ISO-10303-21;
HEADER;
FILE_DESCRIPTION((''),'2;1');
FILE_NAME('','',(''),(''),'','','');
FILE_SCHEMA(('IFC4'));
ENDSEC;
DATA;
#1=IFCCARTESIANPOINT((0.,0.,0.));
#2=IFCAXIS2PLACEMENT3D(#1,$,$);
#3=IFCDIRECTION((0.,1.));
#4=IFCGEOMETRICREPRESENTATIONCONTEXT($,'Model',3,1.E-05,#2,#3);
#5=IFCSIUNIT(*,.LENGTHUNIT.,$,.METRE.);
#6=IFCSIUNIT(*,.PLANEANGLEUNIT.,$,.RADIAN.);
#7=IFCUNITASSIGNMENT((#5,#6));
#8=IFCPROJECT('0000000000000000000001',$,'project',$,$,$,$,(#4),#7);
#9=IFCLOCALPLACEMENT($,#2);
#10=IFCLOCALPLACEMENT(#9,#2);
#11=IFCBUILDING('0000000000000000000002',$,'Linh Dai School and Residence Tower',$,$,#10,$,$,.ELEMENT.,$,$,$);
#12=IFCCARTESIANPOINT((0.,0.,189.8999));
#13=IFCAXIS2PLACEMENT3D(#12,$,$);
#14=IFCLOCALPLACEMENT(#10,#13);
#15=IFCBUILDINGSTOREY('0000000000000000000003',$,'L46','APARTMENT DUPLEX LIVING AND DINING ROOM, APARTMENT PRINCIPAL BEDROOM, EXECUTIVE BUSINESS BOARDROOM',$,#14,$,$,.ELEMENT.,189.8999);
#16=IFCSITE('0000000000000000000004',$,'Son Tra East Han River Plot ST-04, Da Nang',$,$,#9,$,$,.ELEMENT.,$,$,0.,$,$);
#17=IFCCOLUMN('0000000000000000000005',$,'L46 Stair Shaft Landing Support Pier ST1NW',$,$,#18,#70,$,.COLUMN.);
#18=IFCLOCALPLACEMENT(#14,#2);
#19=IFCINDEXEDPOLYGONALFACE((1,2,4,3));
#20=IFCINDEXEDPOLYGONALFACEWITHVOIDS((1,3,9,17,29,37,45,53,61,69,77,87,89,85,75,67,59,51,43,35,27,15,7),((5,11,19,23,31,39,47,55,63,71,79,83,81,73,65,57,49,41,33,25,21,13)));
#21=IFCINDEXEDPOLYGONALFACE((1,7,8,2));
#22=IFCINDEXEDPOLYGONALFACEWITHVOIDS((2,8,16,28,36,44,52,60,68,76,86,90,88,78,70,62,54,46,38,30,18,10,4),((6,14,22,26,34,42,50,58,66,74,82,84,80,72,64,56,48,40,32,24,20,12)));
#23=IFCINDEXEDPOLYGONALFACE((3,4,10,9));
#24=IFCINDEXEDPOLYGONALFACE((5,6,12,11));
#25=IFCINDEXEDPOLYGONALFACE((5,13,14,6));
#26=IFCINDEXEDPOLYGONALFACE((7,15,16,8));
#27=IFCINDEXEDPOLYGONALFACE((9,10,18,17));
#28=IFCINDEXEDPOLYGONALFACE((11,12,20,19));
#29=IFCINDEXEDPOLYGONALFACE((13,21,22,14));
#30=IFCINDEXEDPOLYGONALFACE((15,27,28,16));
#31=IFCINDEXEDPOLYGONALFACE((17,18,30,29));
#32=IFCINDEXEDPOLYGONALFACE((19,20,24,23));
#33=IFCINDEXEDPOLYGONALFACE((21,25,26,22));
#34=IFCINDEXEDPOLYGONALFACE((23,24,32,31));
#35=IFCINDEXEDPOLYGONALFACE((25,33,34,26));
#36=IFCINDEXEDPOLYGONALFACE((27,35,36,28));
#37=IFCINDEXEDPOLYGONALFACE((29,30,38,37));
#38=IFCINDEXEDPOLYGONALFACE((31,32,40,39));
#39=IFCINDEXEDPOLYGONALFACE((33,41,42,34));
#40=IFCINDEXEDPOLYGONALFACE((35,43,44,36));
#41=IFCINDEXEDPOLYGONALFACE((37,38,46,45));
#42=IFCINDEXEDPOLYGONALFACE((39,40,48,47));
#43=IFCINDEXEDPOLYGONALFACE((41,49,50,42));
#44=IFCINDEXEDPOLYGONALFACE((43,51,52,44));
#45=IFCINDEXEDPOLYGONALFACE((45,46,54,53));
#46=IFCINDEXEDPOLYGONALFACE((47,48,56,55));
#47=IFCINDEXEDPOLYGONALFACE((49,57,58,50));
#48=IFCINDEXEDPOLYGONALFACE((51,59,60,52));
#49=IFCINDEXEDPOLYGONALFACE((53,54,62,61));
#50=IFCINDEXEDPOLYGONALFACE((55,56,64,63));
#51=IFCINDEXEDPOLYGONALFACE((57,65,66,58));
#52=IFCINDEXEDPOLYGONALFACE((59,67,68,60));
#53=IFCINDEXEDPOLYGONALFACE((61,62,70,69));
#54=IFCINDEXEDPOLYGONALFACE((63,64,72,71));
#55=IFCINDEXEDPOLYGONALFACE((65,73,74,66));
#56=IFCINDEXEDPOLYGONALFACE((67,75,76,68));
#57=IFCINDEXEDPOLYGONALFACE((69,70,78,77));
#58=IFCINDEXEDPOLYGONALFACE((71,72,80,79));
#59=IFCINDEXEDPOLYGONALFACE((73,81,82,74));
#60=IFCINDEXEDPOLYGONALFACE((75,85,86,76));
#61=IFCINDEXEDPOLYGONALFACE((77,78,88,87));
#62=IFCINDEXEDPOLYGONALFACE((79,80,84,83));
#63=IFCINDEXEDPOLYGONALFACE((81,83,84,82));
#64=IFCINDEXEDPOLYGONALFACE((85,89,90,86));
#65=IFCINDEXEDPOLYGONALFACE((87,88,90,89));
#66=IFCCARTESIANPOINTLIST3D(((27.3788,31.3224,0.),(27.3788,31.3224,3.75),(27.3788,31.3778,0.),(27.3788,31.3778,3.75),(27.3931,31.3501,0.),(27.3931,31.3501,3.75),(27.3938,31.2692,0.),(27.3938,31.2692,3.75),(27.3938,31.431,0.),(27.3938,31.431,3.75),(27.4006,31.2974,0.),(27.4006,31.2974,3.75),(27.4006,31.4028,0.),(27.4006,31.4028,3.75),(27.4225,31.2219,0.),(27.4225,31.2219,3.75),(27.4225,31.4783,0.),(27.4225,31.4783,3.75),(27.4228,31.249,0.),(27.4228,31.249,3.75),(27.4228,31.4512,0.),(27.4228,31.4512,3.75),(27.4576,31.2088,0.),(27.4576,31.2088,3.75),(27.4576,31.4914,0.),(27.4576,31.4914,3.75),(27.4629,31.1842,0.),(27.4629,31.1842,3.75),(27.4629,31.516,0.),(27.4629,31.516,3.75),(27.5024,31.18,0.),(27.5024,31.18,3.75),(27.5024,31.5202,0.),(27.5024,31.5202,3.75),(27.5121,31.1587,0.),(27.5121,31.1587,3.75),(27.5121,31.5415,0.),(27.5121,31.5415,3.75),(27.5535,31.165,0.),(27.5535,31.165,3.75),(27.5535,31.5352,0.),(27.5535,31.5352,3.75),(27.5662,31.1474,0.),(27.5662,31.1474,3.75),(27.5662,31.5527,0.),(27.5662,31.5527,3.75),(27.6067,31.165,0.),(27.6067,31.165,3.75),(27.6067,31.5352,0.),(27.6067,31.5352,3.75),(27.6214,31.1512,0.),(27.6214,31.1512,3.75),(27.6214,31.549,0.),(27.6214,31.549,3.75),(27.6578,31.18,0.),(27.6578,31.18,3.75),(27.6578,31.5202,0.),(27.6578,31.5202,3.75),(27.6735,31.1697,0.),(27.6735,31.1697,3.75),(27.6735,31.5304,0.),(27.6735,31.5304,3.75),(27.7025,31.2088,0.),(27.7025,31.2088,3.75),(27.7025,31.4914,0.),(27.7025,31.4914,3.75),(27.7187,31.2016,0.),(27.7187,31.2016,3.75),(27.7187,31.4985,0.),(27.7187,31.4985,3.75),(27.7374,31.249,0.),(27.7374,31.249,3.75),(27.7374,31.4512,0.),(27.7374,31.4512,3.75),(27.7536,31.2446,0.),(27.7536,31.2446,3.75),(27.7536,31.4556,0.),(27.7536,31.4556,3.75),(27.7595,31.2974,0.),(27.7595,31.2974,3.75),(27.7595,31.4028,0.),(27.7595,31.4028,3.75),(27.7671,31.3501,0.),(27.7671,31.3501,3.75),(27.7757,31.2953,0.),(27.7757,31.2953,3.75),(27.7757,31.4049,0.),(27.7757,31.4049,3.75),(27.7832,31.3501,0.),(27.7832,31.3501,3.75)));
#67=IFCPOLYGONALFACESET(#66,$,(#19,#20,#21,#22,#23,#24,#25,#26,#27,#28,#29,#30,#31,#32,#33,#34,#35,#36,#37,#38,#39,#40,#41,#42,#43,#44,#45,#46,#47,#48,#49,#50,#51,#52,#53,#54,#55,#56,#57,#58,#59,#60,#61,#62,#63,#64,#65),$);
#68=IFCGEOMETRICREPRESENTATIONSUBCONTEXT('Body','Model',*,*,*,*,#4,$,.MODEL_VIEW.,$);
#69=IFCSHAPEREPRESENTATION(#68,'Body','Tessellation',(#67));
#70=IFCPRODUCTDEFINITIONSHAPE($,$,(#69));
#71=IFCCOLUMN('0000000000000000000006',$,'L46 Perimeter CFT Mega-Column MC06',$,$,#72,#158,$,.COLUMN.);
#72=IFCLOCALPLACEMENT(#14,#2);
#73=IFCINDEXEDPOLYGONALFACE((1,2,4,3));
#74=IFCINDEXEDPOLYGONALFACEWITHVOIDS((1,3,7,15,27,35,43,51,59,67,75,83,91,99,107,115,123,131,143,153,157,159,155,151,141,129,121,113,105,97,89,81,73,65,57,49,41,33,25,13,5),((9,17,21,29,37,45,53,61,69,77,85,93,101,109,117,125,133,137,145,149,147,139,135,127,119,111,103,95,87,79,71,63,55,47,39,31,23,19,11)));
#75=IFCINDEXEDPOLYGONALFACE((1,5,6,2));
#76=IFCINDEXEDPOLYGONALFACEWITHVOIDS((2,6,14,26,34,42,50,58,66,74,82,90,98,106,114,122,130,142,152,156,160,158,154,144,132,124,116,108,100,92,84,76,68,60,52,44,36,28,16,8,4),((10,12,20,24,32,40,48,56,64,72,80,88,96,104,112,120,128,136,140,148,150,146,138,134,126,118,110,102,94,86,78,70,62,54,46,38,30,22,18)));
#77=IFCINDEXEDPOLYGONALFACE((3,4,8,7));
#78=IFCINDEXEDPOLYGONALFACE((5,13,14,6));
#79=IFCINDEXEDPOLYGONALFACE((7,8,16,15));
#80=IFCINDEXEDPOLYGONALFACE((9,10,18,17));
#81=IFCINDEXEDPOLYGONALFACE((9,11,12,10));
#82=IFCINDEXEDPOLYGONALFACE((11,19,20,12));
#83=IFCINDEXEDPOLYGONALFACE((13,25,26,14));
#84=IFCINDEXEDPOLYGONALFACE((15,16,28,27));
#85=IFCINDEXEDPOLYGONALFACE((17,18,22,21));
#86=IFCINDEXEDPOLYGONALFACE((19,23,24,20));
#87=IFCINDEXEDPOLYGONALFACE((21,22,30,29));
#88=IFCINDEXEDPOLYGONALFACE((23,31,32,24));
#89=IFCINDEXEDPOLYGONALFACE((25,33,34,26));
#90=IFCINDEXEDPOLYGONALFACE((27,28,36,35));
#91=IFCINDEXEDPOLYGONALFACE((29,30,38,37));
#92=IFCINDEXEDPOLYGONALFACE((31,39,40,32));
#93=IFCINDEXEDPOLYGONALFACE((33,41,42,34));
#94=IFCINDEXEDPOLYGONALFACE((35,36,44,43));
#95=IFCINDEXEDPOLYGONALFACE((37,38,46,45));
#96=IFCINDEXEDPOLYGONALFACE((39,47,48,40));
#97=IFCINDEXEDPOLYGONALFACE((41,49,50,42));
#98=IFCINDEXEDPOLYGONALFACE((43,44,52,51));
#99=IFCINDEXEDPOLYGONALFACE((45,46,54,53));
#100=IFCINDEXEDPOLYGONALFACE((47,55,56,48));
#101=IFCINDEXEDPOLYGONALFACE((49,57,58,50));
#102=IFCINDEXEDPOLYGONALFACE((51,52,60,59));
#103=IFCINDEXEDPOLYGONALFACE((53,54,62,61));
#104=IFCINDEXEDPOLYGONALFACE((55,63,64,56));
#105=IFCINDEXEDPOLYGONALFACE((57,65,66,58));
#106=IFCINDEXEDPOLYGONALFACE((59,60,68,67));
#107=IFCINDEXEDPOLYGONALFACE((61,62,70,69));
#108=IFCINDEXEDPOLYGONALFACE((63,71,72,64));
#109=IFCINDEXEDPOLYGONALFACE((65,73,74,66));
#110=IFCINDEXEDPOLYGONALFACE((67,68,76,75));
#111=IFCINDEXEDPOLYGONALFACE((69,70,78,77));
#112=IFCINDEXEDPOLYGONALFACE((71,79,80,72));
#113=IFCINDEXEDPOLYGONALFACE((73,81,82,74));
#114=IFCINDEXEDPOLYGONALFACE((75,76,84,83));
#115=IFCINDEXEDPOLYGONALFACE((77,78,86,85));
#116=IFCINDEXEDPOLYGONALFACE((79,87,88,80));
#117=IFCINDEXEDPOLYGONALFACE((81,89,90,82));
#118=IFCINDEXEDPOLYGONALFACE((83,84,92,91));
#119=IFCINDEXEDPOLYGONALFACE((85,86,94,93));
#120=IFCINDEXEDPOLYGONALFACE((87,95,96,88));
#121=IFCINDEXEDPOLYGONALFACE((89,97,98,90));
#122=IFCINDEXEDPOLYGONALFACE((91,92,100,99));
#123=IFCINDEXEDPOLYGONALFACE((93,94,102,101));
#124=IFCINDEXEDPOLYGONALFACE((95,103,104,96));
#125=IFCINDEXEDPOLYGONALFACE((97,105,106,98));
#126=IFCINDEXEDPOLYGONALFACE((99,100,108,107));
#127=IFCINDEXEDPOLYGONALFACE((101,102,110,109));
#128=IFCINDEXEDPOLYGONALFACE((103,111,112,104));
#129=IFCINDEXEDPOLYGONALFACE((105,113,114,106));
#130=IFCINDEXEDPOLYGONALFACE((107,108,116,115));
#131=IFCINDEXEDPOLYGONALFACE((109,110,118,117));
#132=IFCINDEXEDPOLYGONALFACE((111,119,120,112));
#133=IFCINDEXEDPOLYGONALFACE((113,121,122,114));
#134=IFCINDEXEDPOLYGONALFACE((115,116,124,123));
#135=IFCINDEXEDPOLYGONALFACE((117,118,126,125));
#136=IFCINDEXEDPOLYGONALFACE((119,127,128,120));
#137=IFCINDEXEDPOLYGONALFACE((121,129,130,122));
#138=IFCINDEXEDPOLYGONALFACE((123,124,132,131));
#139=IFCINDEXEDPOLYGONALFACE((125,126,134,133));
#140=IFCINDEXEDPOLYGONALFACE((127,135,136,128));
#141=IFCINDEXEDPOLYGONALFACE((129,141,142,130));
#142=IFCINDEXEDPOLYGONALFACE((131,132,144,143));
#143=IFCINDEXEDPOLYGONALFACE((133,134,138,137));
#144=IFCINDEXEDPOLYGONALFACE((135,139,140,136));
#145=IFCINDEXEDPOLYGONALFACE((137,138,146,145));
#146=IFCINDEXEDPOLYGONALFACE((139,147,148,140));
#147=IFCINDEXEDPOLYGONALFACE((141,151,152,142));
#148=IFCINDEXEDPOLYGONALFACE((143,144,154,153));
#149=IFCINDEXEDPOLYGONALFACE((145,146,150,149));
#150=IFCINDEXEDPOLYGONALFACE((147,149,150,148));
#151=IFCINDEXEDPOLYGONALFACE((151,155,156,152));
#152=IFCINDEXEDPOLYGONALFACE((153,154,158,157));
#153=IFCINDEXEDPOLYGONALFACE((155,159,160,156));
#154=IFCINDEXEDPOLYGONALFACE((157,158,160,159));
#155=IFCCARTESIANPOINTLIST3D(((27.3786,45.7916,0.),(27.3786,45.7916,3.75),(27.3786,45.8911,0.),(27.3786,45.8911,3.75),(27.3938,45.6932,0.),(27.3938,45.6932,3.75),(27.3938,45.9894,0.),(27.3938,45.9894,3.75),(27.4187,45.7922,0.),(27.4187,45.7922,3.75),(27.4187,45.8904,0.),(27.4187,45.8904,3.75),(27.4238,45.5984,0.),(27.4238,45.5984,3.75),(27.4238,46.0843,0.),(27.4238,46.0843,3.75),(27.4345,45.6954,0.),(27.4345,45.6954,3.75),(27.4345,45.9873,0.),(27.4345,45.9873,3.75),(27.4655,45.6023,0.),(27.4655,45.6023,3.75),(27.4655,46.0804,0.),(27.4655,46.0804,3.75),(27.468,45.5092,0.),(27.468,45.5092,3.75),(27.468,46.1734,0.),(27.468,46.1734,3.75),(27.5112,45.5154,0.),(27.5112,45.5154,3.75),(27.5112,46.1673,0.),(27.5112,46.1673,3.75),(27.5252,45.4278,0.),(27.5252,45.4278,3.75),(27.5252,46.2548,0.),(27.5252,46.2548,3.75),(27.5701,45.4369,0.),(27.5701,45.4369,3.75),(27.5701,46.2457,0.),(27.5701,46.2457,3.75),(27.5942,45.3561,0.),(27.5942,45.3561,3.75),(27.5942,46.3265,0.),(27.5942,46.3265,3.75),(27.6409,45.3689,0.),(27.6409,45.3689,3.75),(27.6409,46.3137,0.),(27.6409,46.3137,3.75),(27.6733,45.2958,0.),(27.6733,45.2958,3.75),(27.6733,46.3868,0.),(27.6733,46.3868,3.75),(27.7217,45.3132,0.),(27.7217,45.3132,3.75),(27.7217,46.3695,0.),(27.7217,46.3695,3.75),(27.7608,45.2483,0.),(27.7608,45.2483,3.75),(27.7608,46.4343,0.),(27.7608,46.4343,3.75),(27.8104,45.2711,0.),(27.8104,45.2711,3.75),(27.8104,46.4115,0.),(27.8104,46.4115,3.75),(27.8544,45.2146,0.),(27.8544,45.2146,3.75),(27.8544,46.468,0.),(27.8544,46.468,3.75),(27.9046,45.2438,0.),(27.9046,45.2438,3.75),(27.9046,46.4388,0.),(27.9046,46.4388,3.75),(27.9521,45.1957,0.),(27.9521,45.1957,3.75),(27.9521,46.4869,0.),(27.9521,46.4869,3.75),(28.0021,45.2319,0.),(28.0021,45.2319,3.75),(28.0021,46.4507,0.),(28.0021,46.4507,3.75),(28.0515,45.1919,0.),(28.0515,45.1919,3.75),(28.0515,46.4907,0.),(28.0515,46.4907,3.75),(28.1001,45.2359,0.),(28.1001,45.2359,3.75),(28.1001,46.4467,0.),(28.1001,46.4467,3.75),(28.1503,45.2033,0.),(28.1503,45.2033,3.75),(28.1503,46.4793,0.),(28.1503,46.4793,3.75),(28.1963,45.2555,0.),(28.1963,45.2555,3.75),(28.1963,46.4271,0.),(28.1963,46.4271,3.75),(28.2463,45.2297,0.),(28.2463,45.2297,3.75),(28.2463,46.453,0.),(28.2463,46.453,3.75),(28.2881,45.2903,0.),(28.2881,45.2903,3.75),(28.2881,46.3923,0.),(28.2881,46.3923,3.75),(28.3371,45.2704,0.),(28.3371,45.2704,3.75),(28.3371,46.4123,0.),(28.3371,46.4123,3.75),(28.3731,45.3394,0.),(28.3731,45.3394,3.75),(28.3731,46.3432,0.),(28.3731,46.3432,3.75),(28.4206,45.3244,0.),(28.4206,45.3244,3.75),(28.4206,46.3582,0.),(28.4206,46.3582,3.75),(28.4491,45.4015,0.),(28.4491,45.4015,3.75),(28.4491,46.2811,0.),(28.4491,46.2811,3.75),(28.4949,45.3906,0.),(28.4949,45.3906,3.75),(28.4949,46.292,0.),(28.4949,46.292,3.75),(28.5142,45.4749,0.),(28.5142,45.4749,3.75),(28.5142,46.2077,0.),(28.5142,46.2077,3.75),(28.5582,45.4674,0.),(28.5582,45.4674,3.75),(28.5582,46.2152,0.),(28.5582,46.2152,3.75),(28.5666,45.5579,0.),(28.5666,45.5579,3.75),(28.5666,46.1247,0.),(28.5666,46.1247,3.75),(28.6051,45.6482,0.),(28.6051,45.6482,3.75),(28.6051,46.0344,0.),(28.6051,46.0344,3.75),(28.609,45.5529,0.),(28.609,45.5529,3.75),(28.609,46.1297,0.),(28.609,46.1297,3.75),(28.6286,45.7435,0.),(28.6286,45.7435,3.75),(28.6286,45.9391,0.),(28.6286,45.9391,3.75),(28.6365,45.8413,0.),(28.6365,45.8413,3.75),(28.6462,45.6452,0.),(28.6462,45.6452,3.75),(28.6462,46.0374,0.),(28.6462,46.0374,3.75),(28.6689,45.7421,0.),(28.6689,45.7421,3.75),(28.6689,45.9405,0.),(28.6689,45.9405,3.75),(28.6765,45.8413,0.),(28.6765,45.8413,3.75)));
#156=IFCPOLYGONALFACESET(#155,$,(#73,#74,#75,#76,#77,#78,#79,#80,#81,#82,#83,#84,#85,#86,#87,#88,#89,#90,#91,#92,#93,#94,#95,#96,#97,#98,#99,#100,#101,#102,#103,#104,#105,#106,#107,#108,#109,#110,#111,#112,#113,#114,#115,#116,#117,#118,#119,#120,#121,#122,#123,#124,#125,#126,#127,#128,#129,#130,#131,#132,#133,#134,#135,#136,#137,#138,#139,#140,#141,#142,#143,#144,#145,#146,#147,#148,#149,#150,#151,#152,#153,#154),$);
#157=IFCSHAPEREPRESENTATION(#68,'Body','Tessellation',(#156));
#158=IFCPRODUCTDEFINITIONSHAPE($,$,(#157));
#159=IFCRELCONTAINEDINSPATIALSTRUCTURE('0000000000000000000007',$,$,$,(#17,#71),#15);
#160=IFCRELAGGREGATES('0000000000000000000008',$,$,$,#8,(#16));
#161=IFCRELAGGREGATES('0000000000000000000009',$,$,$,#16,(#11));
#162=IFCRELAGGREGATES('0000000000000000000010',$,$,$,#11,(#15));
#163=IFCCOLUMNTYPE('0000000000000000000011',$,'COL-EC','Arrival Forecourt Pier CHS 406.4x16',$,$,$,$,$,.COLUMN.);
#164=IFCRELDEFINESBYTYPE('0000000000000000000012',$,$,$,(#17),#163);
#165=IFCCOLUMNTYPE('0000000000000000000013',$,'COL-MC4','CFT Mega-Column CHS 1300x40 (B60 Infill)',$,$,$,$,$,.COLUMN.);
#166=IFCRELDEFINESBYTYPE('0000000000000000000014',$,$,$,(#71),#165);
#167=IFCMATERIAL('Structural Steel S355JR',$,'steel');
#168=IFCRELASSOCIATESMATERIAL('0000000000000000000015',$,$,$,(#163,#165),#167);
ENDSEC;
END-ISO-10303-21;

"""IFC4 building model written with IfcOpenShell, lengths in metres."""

from ifc_helpers import new_model, si_unit, direction, frame, origin, origin_2d, place, context, subcontext, project, spatial, hollow_circle, extrude, material, material_profile, profile_set, type_object, element, save


model = new_model("IFC4")

# Units and contexts
model_context = context("Model", 3, precision=1e-05, world=origin(), true_north=direction((0.0, 1.0)))
body_context = subcontext(model_context, "Body", "Model", "MODEL_VIEW")
ifc_project = project(units=[si_unit("LENGTHUNIT", "METRE"), si_unit("PLANEANGLEUNIT", "RADIAN")], contexts=[model_context])

# Site, building, storey
site_placement = place(None, origin())
site = spatial("IfcSite", under=ifc_project, at=site_placement, Name="Son Tra East Han River Plot ST-04, Da Nang", CompositionType="ELEMENT", RefElevation=0.0)
building_placement = place(site_placement, origin())
building = spatial("IfcBuilding", under=site, at=building_placement, Name="Linh Dai School and Residence Tower", CompositionType="ELEMENT")
storey_placement = place(building_placement, frame((0.0, 0.0, 189.8999)))
storey = spatial("IfcBuildingStorey", under=building, at=storey_placement, Name="L46", Description="APARTMENT DUPLEX LIVING AND DINING ROOM, APARTMENT PRINCIPAL BEDROOM, EXECUTIVE BUSINESS BOARDROOM", CompositionType="ELEMENT", Elevation=189.8999)

# Columns
ifc_material_1 = material(Name="Structural Steel S355JR", Category="steel")
ifc_material_profile_1 = material_profile(ifc_material_1, hollow_circle(Radius=0.2031, WallThickness=0.0161, at=origin_2d()), Name="CHS 406.4x16")
ifc_profile_set_1 = profile_set([ifc_material_profile_1], Name="Structural Steel S355JR")
column_type_1 = type_object("IfcColumnType", Name="COL-EC", Description="Arrival Forecourt Pier CHS 406.4x16", PredefinedType="COLUMN", material=ifc_profile_set_1)
column_1_placement = place(storey_placement, frame((27.5801, 31.3501, 0.0), z_axis=(0.0, 0.0, 1.0), x_axis=(1.0, 0.0, 0.0)))
element("IfcColumn", 1, at=column_1_placement, inside=storey, type_object=column_type_1, Name="L46 Stair Shaft Landing Support Pier ST1NW", PredefinedType="COLUMN", context=body_context, shape_type="SweptSolid", body=[
    extrude(hollow_circle(Radius=0.2031, WallThickness=0.0161, at=origin_2d()), origin(), (0.0, 0.0, 1.0), 3.75),
])
ifc_material_profile_2 = material_profile(ifc_material_1, hollow_circle(Radius=0.6499, WallThickness=0.04, at=origin_2d()), Name="CHS 1300x40")
ifc_profile_set_2 = profile_set([ifc_material_profile_2], Name="Structural Steel S355JR")
column_type_2 = type_object("IfcColumnType", Name="COL-MC4", Description="CFT Mega-Column CHS 1300x40 (B60 Infill)", PredefinedType="COLUMN", material=ifc_profile_set_2)
column_2_placement = place(storey_placement, frame((28.0266, 45.8413, 0.0), z_axis=(0.0, 0.0, 1.0), x_axis=(1.0, 0.0, 0.0)))
element("IfcColumn", 2, at=column_2_placement, inside=storey, type_object=column_type_2, Name="L46 Perimeter CFT Mega-Column MC06", PredefinedType="COLUMN", context=body_context, shape_type="SweptSolid", body=[
    extrude(hollow_circle(Radius=0.6499, WallThickness=0.04, at=origin_2d()), origin(), (0.0, 0.0, 1.0), 3.75),
])

save(model, "model.ifc")
